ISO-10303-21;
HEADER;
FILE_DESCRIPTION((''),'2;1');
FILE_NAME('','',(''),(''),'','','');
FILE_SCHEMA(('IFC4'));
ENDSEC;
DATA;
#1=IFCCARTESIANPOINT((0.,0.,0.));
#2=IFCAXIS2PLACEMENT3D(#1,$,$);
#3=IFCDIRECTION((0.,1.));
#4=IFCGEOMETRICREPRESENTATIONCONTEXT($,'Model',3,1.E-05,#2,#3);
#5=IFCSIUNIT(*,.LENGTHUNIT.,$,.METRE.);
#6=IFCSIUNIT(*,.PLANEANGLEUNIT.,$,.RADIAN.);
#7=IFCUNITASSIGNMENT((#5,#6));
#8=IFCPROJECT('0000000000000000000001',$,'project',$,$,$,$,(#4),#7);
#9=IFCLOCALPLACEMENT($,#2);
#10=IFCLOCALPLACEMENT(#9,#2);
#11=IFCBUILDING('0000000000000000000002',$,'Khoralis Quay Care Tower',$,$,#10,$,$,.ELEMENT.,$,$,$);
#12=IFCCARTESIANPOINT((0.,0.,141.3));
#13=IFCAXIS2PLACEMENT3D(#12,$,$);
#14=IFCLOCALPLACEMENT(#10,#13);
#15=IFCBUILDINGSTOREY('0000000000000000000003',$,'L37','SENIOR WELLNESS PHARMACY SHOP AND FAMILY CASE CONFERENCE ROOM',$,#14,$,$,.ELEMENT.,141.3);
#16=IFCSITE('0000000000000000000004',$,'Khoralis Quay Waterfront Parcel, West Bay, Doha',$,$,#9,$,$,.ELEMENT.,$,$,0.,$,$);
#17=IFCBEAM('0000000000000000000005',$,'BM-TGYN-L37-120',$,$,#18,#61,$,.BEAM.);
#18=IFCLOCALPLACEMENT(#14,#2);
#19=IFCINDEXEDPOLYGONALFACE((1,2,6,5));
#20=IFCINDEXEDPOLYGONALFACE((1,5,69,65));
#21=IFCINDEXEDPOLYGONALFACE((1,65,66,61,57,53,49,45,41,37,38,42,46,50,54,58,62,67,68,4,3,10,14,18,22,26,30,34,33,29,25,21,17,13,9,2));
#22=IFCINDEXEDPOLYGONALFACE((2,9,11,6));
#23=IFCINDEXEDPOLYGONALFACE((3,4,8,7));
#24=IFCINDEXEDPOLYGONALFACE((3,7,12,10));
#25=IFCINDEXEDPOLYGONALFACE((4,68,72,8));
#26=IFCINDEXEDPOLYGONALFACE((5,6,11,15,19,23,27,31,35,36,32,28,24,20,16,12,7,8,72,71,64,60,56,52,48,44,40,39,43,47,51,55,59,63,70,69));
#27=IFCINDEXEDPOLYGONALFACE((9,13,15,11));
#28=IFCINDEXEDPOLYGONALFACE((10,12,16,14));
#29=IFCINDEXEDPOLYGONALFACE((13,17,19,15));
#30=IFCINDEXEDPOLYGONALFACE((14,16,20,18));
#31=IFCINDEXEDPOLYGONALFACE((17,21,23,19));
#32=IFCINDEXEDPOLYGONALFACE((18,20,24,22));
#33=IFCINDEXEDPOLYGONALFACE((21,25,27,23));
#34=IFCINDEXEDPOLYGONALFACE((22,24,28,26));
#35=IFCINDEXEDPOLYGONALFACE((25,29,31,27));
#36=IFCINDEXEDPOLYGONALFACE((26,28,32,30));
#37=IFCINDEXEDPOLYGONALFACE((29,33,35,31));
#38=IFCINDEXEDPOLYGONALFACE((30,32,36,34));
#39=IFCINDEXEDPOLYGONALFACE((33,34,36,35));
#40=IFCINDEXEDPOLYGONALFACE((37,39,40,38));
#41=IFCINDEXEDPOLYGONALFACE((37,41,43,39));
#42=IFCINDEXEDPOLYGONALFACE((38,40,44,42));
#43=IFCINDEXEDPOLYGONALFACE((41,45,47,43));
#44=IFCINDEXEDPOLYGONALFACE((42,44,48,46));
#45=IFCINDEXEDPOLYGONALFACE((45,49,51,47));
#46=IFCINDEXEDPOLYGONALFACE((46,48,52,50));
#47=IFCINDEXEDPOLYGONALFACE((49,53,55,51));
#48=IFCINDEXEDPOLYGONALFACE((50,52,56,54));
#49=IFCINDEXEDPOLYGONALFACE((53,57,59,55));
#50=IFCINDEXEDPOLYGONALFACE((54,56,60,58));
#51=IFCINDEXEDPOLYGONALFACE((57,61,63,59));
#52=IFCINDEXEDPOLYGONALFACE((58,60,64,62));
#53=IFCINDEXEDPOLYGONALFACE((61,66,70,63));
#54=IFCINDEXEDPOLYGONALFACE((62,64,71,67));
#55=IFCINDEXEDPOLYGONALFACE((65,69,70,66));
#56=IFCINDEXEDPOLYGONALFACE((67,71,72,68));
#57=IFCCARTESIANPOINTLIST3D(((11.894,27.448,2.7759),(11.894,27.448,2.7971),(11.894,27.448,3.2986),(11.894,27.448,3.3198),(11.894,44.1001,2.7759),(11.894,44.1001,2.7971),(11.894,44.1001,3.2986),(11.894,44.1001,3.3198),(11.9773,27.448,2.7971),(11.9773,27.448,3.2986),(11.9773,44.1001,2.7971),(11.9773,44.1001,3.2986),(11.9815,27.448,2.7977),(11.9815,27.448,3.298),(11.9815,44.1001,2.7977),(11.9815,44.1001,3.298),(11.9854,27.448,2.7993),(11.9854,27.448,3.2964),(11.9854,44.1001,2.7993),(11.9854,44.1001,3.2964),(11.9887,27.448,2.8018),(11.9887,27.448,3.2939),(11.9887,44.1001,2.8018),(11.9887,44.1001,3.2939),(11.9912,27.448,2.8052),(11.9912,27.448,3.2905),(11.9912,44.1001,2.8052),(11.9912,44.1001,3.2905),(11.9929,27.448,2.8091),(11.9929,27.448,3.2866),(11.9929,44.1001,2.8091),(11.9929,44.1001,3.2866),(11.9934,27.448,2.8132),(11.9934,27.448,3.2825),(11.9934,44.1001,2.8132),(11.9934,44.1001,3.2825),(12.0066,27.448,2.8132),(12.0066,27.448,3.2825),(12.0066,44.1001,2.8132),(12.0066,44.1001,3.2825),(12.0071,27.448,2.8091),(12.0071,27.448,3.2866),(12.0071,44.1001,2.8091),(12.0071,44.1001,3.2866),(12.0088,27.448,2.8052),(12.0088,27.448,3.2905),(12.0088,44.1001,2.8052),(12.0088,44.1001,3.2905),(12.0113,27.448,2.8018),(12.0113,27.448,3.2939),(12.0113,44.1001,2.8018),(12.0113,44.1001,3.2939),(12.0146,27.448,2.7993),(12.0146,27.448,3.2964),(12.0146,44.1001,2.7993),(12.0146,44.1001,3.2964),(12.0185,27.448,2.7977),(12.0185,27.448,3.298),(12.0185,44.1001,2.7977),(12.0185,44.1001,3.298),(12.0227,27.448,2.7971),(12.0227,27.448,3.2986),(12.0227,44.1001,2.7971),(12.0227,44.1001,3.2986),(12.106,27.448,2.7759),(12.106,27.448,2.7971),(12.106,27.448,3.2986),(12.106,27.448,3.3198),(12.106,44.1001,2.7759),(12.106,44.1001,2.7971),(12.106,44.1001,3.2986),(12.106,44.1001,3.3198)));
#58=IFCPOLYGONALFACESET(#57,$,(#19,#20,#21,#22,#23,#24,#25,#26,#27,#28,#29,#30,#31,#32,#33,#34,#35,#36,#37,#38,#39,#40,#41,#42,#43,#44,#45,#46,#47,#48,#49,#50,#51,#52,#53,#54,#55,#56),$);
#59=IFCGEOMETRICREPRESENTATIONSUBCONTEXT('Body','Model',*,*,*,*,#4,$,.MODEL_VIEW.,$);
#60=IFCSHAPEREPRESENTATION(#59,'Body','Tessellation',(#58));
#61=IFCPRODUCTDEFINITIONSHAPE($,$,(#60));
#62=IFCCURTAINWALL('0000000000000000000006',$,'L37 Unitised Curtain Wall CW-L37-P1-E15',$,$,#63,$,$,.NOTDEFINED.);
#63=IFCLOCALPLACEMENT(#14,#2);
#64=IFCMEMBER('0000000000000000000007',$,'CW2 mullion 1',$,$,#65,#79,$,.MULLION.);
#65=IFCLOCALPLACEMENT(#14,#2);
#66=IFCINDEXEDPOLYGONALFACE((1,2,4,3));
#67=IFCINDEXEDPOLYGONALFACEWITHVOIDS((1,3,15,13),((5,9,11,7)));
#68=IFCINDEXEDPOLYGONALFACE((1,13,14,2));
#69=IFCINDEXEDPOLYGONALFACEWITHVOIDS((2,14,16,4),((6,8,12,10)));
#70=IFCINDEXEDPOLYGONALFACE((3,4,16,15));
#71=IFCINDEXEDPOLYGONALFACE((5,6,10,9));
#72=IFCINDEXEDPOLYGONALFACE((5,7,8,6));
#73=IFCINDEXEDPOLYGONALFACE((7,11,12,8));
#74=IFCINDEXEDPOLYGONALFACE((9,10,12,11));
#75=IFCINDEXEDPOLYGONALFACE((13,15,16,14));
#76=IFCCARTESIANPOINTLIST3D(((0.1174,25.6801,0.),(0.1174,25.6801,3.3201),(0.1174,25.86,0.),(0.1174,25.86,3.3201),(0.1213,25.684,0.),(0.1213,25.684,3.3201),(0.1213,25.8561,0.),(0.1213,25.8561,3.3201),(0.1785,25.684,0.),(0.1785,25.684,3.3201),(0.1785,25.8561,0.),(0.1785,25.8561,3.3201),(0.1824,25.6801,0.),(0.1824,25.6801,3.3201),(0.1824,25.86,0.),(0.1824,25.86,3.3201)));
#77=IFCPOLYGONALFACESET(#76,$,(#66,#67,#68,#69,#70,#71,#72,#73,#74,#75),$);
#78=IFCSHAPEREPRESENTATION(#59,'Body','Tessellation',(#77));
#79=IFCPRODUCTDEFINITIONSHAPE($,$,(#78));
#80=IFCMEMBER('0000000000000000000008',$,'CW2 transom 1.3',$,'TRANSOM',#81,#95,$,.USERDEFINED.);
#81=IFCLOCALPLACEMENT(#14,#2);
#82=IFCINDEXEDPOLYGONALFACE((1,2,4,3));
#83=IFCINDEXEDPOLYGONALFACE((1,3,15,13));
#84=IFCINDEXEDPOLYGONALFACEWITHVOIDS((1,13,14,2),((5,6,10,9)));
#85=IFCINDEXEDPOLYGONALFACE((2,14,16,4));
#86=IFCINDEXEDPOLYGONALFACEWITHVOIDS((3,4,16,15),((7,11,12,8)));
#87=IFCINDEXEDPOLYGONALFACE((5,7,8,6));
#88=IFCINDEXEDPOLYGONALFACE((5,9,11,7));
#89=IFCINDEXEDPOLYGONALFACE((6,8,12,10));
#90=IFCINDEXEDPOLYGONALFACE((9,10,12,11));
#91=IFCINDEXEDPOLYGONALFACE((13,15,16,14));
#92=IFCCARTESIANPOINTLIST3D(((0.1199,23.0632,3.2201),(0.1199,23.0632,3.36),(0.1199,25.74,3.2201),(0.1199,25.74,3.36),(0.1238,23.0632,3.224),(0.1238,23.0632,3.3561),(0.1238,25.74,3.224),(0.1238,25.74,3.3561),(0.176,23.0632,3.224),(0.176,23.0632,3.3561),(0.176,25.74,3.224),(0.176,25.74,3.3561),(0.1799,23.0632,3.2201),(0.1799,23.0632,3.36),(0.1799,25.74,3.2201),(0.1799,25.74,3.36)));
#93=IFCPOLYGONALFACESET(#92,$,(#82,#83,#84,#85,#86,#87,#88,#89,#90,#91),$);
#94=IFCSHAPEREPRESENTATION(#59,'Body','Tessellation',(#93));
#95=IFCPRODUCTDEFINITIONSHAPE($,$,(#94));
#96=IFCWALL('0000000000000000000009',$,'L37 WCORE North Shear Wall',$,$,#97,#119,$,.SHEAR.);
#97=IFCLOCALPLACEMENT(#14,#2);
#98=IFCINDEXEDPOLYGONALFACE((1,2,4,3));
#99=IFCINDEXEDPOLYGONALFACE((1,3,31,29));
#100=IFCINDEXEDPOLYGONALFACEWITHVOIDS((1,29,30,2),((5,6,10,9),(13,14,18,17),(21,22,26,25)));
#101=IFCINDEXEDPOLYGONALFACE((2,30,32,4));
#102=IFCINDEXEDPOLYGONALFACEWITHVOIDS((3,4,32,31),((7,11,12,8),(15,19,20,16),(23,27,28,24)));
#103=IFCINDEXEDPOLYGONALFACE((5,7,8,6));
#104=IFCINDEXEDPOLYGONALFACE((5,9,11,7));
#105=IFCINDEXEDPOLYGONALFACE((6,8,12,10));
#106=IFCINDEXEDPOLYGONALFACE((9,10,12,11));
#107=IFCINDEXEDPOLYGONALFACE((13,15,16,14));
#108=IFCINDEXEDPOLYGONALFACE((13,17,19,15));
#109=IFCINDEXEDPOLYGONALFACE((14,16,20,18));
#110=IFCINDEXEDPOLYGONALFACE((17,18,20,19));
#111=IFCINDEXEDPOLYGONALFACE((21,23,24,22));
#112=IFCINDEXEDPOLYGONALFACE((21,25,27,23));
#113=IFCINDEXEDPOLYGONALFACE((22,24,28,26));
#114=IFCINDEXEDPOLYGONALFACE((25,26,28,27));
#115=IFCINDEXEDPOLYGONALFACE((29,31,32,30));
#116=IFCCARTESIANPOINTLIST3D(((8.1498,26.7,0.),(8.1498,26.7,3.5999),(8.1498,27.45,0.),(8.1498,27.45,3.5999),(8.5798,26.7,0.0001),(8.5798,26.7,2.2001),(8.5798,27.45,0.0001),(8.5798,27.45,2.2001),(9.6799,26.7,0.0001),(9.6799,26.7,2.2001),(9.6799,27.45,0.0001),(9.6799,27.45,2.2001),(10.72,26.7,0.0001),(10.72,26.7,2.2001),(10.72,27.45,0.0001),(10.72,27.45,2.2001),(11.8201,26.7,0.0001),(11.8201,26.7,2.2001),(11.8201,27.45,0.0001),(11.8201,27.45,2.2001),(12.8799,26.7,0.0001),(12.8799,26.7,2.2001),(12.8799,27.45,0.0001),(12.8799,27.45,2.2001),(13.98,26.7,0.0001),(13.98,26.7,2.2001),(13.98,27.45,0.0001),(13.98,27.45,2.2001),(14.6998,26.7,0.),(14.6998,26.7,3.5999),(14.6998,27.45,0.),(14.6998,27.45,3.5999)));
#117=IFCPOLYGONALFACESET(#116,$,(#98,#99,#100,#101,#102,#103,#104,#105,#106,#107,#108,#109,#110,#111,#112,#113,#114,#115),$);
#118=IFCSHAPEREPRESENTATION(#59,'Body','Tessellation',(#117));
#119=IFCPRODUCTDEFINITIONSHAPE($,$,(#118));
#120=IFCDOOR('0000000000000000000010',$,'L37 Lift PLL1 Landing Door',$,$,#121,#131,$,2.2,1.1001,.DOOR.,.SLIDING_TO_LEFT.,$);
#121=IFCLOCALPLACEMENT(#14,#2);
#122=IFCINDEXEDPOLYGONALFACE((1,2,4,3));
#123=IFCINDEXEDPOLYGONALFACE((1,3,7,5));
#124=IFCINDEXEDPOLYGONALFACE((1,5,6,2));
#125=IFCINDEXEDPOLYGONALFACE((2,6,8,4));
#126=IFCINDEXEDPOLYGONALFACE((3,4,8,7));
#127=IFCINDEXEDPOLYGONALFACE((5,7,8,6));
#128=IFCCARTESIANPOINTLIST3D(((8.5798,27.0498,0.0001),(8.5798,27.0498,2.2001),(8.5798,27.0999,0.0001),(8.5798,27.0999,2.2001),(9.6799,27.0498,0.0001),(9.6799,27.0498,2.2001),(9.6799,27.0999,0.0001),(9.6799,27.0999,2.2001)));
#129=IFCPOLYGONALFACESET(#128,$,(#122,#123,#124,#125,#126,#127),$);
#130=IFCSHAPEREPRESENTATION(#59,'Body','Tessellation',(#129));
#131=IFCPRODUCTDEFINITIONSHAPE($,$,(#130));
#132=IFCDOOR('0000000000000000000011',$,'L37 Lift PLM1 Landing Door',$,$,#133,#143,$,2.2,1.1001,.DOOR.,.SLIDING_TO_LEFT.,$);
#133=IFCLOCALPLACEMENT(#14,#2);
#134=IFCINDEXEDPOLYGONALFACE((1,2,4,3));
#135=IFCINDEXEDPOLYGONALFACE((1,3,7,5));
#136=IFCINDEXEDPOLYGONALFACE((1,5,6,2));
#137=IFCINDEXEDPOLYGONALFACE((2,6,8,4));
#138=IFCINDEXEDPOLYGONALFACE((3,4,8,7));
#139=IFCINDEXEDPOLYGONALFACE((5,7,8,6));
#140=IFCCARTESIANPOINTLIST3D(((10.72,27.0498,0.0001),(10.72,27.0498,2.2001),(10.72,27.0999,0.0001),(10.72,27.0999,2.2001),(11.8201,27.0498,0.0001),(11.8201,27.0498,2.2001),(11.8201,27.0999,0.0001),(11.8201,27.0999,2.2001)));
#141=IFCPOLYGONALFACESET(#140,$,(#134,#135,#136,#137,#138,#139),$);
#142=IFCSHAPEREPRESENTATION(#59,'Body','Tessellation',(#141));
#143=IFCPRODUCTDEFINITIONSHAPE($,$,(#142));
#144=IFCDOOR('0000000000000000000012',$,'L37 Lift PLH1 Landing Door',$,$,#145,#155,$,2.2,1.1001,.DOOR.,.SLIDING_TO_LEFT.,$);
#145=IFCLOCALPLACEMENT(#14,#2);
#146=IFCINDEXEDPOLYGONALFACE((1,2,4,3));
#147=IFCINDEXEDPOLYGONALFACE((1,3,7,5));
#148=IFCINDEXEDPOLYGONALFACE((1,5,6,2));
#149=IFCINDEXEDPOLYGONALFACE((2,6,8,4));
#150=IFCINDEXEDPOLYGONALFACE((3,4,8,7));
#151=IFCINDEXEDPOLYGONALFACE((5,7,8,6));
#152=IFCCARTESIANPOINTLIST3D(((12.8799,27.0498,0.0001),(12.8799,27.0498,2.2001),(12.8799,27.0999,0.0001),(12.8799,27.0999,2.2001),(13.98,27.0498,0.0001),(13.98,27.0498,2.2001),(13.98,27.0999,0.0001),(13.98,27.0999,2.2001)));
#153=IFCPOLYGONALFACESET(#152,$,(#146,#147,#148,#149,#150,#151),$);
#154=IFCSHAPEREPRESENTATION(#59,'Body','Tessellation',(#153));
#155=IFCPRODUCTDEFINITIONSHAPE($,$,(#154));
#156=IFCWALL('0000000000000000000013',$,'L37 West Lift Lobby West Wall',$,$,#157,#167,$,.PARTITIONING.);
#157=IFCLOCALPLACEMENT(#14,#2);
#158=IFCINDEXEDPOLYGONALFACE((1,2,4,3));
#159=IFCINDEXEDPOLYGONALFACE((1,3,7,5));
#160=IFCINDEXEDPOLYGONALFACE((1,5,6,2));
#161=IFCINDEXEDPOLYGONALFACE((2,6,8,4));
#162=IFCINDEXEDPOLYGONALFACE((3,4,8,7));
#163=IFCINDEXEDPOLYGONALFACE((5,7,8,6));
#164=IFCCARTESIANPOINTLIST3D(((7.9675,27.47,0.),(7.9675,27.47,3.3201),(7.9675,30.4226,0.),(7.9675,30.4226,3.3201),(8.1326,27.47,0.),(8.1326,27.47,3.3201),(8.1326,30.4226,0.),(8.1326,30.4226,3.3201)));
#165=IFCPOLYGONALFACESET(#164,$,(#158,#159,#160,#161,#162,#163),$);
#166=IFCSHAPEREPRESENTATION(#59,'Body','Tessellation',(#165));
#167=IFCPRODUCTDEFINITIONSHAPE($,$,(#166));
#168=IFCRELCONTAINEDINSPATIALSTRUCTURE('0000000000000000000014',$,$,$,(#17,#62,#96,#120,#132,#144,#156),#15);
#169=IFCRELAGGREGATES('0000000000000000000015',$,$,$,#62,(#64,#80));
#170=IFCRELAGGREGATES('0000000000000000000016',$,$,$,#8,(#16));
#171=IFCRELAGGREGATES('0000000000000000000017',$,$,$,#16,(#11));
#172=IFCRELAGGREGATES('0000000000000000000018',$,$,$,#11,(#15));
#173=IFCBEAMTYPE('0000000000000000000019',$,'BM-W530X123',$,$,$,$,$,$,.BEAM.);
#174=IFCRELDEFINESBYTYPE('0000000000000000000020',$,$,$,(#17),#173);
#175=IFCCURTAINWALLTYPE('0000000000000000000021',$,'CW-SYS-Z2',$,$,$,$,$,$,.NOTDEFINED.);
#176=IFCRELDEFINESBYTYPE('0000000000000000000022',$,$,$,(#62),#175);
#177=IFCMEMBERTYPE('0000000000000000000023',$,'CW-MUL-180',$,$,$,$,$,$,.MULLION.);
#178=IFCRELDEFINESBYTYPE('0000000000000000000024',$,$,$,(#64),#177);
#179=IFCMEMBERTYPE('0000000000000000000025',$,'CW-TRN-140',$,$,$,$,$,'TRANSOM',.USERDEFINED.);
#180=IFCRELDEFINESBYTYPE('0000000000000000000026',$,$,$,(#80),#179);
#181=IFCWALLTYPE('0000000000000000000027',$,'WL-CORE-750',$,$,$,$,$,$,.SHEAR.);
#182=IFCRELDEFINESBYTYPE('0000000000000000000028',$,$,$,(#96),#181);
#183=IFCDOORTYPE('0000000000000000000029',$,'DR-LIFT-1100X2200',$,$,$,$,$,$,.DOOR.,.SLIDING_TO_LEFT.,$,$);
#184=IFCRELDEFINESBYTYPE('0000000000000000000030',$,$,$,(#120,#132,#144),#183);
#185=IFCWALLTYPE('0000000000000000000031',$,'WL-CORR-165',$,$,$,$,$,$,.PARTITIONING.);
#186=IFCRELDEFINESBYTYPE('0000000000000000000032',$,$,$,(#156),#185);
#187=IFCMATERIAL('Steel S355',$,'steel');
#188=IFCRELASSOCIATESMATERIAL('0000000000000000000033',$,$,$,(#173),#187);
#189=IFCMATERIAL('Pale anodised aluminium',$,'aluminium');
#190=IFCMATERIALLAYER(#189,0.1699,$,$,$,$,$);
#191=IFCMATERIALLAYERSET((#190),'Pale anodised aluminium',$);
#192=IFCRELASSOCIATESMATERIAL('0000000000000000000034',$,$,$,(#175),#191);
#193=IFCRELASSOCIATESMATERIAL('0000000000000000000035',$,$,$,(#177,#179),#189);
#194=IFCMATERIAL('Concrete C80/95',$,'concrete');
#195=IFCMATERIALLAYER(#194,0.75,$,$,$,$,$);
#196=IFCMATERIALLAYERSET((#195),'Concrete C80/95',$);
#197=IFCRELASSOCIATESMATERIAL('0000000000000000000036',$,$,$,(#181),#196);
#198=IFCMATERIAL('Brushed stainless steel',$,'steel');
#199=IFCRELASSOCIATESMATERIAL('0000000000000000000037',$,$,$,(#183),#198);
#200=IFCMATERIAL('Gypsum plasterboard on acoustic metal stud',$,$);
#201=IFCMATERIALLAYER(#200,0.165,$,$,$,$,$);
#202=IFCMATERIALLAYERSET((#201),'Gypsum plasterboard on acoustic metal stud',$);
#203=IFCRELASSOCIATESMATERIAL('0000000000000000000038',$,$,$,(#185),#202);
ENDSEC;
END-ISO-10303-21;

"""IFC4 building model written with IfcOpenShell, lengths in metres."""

from ifc_helpers import new_model, si_unit, direction, frame, frame_2d, origin, origin_2d, place, context, subcontext, project, spatial, rectangle, hollow_rectangle, i_section, extrude, source, transform, mapped, material, layer, layer_set, material_profile, profile_set, type_object, element, fill, aggregate, save


model = new_model("IFC4")

# Units and contexts
model_context = context("Model", 3, precision=1e-05, world=origin(), true_north=direction((0.0, 1.0)))
body_context = subcontext(model_context, "Body", "Model", "MODEL_VIEW")
ifc_project = project(units=[si_unit("LENGTHUNIT", "METRE"), si_unit("PLANEANGLEUNIT", "RADIAN")], contexts=[model_context])

# Site, building, storey
site_placement = place(None, origin())
site = spatial("IfcSite", under=ifc_project, at=site_placement, Name="Khoralis Quay Waterfront Parcel, West Bay, Doha", CompositionType="ELEMENT", RefElevation=0.0)
building_placement = place(site_placement, origin())
building = spatial("IfcBuilding", under=site, at=building_placement, Name="Khoralis Quay Care Tower", CompositionType="ELEMENT")
storey_placement = place(building_placement, frame((0.0, 0.0, 141.3)))
storey = spatial("IfcBuildingStorey", under=building, at=storey_placement, Name="L37", Description="SENIOR WELLNESS PHARMACY SHOP AND FAMILY CASE CONFERENCE ROOM", CompositionType="ELEMENT", Elevation=141.3)

# Beam
ifc_material_1 = material(Name="Steel S355", Category="steel")
ifc_material_profile_1 = material_profile(ifc_material_1, i_section(OverallWidth=0.2119, OverallDepth=0.5439, WebThickness=0.0132, FlangeThickness=0.0212, FilletRadius=0.0161, at=origin_2d()), Name="Steel S355")
ifc_profile_set_1 = profile_set([ifc_material_profile_1], Name="Steel S355")
beam_type_1 = type_object("IfcBeamType", Name="BM-W530X123", PredefinedType="BEAM", material=ifc_profile_set_1)
shared_shape_1 = source(origin(), body_context, "Body", "SweptSolid", [
    extrude(i_section(OverallWidth=0.2119, OverallDepth=0.5439, WebThickness=0.0132, FlangeThickness=0.0212, FilletRadius=0.0161, at=origin_2d()), origin(), (0.0, 0.0, 1.0), 16.6521),
])
beam_1_placement = place(storey_placement, frame((12.0, 27.448, 3.0479), z_axis=(0.0, 1.0, 0.0), x_axis=(-1.0, 0.0, 0.0)))
element("IfcBeam", 1, at=beam_1_placement, inside=storey, type_object=beam_type_1, Name="BM-TGYN-L37-120", PredefinedType="BEAM", context=body_context, shape_type="MappedRepresentation", body=[
    mapped(shared_shape_1, transform((0.0, 0.0, 0.0), scale=1.0)),
])

# Curtain wall, members
ifc_material_2 = material(Name="Pale anodised aluminium", Category="aluminium")
ifc_layer_1 = layer(ifc_material_2, 0.1699)
ifc_layer_set_1 = layer_set([ifc_layer_1], Name="Pale anodised aluminium")
curtain_wall_type = type_object("IfcCurtainWallType", Name="CW-SYS-Z2", PredefinedType="NOTDEFINED", material=ifc_layer_set_1)
curtain_wall_placement = place(storey_placement, origin())
curtain_wall = element("IfcCurtainWall", 2, at=curtain_wall_placement, inside=storey, type_object=curtain_wall_type, Name="L37 Unitised Curtain Wall CW-L37-P1-E15", PredefinedType="NOTDEFINED")
ifc_material_profile_2 = material_profile(ifc_material_2, hollow_rectangle(XDim=0.0649, YDim=0.1799, WallThickness=0.0039, at=origin_2d()), Name="Pale anodised aluminium")
ifc_profile_set_2 = profile_set([ifc_material_profile_2], Name="Pale anodised aluminium")
member_type_1 = type_object("IfcMemberType", Name="CW-MUL-180", PredefinedType="MULLION", material=ifc_profile_set_2)
shared_shape_2 = source(origin(), body_context, "Body", "SweptSolid", [
    extrude(hollow_rectangle(XDim=0.0649, YDim=0.1799, WallThickness=0.0039, at=origin_2d()), origin(), (0.0, 0.0, 1.0), 3.3201),
])
member_1_placement = place(storey_placement, frame((0.1499, 25.77, 0.0), z_axis=(0.0, 0.0, 1.0), x_axis=(1.0, 0.0, 0.0)))
member_1 = element("IfcMember", 3, at=member_1_placement, type_object=member_type_1, Name="CW2 mullion 1", PredefinedType="MULLION", context=body_context, shape_type="MappedRepresentation", body=[
    mapped(shared_shape_2, transform((0.0, 0.0, 0.0), scale=1.0)),
])
ifc_material_profile_3 = material_profile(ifc_material_2, hollow_rectangle(XDim=0.0601, YDim=0.1399, WallThickness=0.0039, at=origin_2d()), Name="Pale anodised aluminium")
ifc_profile_set_3 = profile_set([ifc_material_profile_3], Name="Pale anodised aluminium")
member_type_2 = type_object("IfcMemberType", Name="CW-TRN-140", ElementType="TRANSOM", PredefinedType="USERDEFINED", material=ifc_profile_set_3)
shared_shape_3 = source(origin(), body_context, "Body", "SweptSolid", [
    extrude(hollow_rectangle(XDim=0.0601, YDim=0.1399, WallThickness=0.0039, at=origin_2d()), origin(), (0.0, 0.0, 1.0), 2.6768),
])
member_2_placement = place(storey_placement, frame((0.1499, 25.74, 3.29), z_axis=(0.0, -1.0, 0.0), x_axis=(1.0, 0.0, 0.0)))
member_2 = element("IfcMember", 4, at=member_2_placement, type_object=member_type_2, Name="CW2 transom 1.3", ObjectType="TRANSOM", PredefinedType="USERDEFINED", context=body_context, shape_type="MappedRepresentation", body=[
    mapped(shared_shape_3, transform((0.0, 0.0, 0.0), scale=1.0)),
])
aggregate(curtain_wall, [member_1, member_2])

# Wall, openings, doors
ifc_material_3 = material(Name="Concrete C80/95", Category="concrete")
ifc_layer_2 = layer(ifc_material_3, 0.75)
ifc_layer_set_2 = layer_set([ifc_layer_2], Name="Concrete C80/95")
wall_type_1 = type_object("IfcWallType", Name="WL-CORE-750", PredefinedType="SHEAR", material=ifc_layer_set_2)
wall_1_placement = place(storey_placement, frame((8.1499, 27.075, 0.0), z_axis=(0.0, 0.0, 1.0), x_axis=(1.0, 0.0, 0.0)))
wall_1 = element("IfcWall", 5, at=wall_1_placement, inside=storey, type_object=wall_type_1, Name="L37 WCORE North Shear Wall", PredefinedType="SHEAR", context=body_context, shape_type="SweptSolid", body=[
    extrude(rectangle(XDim=6.55, YDim=0.75, at=frame_2d((3.2749, 0.0))), origin(), (0.0, 0.0, 1.0), 3.5999),
])
opening_1_placement = place(wall_1_placement, frame((0.4299, 0.0, 0.0)))
opening_1 = element("IfcOpeningElement", 6, at=opening_1_placement, cuts=wall_1, PredefinedType="OPENING", context=body_context, shape_type="SweptSolid", body=[
    extrude(rectangle(XDim=1.1001, YDim=2.2, at=frame_2d((0.55, 1.1001))), frame((0.0, 0.385, 0.0), z_axis=(0.0, -1.0, 0.0), x_axis=(1.0, 0.0, 0.0)), (0.0, 0.0, 1.0), 0.77),
])
opening_2_placement = place(wall_1_placement, frame((2.5701, 0.0, 0.0)))
opening_2 = element("IfcOpeningElement", 7, at=opening_2_placement, cuts=wall_1, PredefinedType="OPENING", context=body_context, shape_type="SweptSolid", body=[
    extrude(rectangle(XDim=1.1001, YDim=2.2, at=frame_2d((0.55, 1.1001))), frame((0.0, 0.385, 0.0), z_axis=(0.0, -1.0, 0.0), x_axis=(1.0, 0.0, 0.0)), (0.0, 0.0, 1.0), 0.77),
])
opening_3_placement = place(wall_1_placement, frame((4.73, 0.0, 0.0)))
opening_3 = element("IfcOpeningElement", 8, at=opening_3_placement, cuts=wall_1, PredefinedType="OPENING", context=body_context, shape_type="SweptSolid", body=[
    extrude(rectangle(XDim=1.1001, YDim=2.2, at=frame_2d((0.55, 1.1001))), frame((0.0, 0.385, 0.0), z_axis=(0.0, -1.0, 0.0), x_axis=(1.0, 0.0, 0.0)), (0.0, 0.0, 1.0), 0.77),
])
ifc_material_4 = material(Name="Brushed stainless steel", Category="steel")
door_type = type_object("IfcDoorType", Name="DR-LIFT-1100X2200", OperationType="SLIDING_TO_LEFT", PredefinedType="DOOR", material=ifc_material_4)
shared_shape_4 = source(origin(), body_context, "Body", "SweptSolid", [
    extrude(rectangle(XDim=1.1001, YDim=2.2, at=frame_2d((0.55, 1.1001))), frame((0.0, 0.0249, 0.0), z_axis=(0.0, -1.0, 0.0), x_axis=(1.0, 0.0, 0.0)), (0.0, 0.0, 1.0), 0.05),
])
door_1_placement = place(opening_1_placement, origin())
door_1 = element("IfcDoor", 9, at=door_1_placement, inside=storey, type_object=door_type, Name="L37 Lift PLL1 Landing Door", OperationType="SLIDING_TO_LEFT", OverallHeight=2.2, OverallWidth=1.1001, PredefinedType="DOOR", context=body_context, shape_type="MappedRepresentation", body=[
    mapped(shared_shape_4, transform((0.0, 0.0, 0.0), scale=1.0)),
])
fill(opening_1, door_1)
door_2_placement = place(opening_2_placement, origin())
door_2 = element("IfcDoor", 10, at=door_2_placement, inside=storey, type_object=door_type, Name="L37 Lift PLM1 Landing Door", OperationType="SLIDING_TO_LEFT", OverallHeight=2.2, OverallWidth=1.1001, PredefinedType="DOOR", context=body_context, shape_type="MappedRepresentation", body=[
    mapped(shared_shape_4, transform((0.0, 0.0, 0.0), scale=1.0)),
])
fill(opening_2, door_2)
door_3_placement = place(opening_3_placement, origin())
door_3 = element("IfcDoor", 11, at=door_3_placement, inside=storey, type_object=door_type, Name="L37 Lift PLH1 Landing Door", OperationType="SLIDING_TO_LEFT", OverallHeight=2.2, OverallWidth=1.1001, PredefinedType="DOOR", context=body_context, shape_type="MappedRepresentation", body=[
    mapped(shared_shape_4, transform((0.0, 0.0, 0.0), scale=1.0)),
])
fill(opening_3, door_3)

# Wall
ifc_material_5 = material(Name="Gypsum plasterboard on acoustic metal stud")
ifc_layer_3 = layer(ifc_material_5, 0.165)
ifc_layer_set_3 = layer_set([ifc_layer_3], Name="Gypsum plasterboard on acoustic metal stud")
wall_type_2 = type_object("IfcWallType", Name="WL-CORR-165", PredefinedType="PARTITIONING", material=ifc_layer_set_3)
wall_2_placement = place(storey_placement, frame((8.05, 27.47, 0.0), z_axis=(0.0, 0.0, 1.0), x_axis=(0.0, 1.0, 0.0)))
element("IfcWall", 12, at=wall_2_placement, inside=storey, type_object=wall_type_2, Name="L37 West Lift Lobby West Wall", PredefinedType="PARTITIONING", context=body_context, shape_type="SweptSolid", body=[
    extrude(rectangle(XDim=2.9526, YDim=0.165, at=frame_2d((1.4763, 0.0))), origin(), (0.0, 0.0, 1.0), 3.3201),
])

save(model, "model.ifc")
